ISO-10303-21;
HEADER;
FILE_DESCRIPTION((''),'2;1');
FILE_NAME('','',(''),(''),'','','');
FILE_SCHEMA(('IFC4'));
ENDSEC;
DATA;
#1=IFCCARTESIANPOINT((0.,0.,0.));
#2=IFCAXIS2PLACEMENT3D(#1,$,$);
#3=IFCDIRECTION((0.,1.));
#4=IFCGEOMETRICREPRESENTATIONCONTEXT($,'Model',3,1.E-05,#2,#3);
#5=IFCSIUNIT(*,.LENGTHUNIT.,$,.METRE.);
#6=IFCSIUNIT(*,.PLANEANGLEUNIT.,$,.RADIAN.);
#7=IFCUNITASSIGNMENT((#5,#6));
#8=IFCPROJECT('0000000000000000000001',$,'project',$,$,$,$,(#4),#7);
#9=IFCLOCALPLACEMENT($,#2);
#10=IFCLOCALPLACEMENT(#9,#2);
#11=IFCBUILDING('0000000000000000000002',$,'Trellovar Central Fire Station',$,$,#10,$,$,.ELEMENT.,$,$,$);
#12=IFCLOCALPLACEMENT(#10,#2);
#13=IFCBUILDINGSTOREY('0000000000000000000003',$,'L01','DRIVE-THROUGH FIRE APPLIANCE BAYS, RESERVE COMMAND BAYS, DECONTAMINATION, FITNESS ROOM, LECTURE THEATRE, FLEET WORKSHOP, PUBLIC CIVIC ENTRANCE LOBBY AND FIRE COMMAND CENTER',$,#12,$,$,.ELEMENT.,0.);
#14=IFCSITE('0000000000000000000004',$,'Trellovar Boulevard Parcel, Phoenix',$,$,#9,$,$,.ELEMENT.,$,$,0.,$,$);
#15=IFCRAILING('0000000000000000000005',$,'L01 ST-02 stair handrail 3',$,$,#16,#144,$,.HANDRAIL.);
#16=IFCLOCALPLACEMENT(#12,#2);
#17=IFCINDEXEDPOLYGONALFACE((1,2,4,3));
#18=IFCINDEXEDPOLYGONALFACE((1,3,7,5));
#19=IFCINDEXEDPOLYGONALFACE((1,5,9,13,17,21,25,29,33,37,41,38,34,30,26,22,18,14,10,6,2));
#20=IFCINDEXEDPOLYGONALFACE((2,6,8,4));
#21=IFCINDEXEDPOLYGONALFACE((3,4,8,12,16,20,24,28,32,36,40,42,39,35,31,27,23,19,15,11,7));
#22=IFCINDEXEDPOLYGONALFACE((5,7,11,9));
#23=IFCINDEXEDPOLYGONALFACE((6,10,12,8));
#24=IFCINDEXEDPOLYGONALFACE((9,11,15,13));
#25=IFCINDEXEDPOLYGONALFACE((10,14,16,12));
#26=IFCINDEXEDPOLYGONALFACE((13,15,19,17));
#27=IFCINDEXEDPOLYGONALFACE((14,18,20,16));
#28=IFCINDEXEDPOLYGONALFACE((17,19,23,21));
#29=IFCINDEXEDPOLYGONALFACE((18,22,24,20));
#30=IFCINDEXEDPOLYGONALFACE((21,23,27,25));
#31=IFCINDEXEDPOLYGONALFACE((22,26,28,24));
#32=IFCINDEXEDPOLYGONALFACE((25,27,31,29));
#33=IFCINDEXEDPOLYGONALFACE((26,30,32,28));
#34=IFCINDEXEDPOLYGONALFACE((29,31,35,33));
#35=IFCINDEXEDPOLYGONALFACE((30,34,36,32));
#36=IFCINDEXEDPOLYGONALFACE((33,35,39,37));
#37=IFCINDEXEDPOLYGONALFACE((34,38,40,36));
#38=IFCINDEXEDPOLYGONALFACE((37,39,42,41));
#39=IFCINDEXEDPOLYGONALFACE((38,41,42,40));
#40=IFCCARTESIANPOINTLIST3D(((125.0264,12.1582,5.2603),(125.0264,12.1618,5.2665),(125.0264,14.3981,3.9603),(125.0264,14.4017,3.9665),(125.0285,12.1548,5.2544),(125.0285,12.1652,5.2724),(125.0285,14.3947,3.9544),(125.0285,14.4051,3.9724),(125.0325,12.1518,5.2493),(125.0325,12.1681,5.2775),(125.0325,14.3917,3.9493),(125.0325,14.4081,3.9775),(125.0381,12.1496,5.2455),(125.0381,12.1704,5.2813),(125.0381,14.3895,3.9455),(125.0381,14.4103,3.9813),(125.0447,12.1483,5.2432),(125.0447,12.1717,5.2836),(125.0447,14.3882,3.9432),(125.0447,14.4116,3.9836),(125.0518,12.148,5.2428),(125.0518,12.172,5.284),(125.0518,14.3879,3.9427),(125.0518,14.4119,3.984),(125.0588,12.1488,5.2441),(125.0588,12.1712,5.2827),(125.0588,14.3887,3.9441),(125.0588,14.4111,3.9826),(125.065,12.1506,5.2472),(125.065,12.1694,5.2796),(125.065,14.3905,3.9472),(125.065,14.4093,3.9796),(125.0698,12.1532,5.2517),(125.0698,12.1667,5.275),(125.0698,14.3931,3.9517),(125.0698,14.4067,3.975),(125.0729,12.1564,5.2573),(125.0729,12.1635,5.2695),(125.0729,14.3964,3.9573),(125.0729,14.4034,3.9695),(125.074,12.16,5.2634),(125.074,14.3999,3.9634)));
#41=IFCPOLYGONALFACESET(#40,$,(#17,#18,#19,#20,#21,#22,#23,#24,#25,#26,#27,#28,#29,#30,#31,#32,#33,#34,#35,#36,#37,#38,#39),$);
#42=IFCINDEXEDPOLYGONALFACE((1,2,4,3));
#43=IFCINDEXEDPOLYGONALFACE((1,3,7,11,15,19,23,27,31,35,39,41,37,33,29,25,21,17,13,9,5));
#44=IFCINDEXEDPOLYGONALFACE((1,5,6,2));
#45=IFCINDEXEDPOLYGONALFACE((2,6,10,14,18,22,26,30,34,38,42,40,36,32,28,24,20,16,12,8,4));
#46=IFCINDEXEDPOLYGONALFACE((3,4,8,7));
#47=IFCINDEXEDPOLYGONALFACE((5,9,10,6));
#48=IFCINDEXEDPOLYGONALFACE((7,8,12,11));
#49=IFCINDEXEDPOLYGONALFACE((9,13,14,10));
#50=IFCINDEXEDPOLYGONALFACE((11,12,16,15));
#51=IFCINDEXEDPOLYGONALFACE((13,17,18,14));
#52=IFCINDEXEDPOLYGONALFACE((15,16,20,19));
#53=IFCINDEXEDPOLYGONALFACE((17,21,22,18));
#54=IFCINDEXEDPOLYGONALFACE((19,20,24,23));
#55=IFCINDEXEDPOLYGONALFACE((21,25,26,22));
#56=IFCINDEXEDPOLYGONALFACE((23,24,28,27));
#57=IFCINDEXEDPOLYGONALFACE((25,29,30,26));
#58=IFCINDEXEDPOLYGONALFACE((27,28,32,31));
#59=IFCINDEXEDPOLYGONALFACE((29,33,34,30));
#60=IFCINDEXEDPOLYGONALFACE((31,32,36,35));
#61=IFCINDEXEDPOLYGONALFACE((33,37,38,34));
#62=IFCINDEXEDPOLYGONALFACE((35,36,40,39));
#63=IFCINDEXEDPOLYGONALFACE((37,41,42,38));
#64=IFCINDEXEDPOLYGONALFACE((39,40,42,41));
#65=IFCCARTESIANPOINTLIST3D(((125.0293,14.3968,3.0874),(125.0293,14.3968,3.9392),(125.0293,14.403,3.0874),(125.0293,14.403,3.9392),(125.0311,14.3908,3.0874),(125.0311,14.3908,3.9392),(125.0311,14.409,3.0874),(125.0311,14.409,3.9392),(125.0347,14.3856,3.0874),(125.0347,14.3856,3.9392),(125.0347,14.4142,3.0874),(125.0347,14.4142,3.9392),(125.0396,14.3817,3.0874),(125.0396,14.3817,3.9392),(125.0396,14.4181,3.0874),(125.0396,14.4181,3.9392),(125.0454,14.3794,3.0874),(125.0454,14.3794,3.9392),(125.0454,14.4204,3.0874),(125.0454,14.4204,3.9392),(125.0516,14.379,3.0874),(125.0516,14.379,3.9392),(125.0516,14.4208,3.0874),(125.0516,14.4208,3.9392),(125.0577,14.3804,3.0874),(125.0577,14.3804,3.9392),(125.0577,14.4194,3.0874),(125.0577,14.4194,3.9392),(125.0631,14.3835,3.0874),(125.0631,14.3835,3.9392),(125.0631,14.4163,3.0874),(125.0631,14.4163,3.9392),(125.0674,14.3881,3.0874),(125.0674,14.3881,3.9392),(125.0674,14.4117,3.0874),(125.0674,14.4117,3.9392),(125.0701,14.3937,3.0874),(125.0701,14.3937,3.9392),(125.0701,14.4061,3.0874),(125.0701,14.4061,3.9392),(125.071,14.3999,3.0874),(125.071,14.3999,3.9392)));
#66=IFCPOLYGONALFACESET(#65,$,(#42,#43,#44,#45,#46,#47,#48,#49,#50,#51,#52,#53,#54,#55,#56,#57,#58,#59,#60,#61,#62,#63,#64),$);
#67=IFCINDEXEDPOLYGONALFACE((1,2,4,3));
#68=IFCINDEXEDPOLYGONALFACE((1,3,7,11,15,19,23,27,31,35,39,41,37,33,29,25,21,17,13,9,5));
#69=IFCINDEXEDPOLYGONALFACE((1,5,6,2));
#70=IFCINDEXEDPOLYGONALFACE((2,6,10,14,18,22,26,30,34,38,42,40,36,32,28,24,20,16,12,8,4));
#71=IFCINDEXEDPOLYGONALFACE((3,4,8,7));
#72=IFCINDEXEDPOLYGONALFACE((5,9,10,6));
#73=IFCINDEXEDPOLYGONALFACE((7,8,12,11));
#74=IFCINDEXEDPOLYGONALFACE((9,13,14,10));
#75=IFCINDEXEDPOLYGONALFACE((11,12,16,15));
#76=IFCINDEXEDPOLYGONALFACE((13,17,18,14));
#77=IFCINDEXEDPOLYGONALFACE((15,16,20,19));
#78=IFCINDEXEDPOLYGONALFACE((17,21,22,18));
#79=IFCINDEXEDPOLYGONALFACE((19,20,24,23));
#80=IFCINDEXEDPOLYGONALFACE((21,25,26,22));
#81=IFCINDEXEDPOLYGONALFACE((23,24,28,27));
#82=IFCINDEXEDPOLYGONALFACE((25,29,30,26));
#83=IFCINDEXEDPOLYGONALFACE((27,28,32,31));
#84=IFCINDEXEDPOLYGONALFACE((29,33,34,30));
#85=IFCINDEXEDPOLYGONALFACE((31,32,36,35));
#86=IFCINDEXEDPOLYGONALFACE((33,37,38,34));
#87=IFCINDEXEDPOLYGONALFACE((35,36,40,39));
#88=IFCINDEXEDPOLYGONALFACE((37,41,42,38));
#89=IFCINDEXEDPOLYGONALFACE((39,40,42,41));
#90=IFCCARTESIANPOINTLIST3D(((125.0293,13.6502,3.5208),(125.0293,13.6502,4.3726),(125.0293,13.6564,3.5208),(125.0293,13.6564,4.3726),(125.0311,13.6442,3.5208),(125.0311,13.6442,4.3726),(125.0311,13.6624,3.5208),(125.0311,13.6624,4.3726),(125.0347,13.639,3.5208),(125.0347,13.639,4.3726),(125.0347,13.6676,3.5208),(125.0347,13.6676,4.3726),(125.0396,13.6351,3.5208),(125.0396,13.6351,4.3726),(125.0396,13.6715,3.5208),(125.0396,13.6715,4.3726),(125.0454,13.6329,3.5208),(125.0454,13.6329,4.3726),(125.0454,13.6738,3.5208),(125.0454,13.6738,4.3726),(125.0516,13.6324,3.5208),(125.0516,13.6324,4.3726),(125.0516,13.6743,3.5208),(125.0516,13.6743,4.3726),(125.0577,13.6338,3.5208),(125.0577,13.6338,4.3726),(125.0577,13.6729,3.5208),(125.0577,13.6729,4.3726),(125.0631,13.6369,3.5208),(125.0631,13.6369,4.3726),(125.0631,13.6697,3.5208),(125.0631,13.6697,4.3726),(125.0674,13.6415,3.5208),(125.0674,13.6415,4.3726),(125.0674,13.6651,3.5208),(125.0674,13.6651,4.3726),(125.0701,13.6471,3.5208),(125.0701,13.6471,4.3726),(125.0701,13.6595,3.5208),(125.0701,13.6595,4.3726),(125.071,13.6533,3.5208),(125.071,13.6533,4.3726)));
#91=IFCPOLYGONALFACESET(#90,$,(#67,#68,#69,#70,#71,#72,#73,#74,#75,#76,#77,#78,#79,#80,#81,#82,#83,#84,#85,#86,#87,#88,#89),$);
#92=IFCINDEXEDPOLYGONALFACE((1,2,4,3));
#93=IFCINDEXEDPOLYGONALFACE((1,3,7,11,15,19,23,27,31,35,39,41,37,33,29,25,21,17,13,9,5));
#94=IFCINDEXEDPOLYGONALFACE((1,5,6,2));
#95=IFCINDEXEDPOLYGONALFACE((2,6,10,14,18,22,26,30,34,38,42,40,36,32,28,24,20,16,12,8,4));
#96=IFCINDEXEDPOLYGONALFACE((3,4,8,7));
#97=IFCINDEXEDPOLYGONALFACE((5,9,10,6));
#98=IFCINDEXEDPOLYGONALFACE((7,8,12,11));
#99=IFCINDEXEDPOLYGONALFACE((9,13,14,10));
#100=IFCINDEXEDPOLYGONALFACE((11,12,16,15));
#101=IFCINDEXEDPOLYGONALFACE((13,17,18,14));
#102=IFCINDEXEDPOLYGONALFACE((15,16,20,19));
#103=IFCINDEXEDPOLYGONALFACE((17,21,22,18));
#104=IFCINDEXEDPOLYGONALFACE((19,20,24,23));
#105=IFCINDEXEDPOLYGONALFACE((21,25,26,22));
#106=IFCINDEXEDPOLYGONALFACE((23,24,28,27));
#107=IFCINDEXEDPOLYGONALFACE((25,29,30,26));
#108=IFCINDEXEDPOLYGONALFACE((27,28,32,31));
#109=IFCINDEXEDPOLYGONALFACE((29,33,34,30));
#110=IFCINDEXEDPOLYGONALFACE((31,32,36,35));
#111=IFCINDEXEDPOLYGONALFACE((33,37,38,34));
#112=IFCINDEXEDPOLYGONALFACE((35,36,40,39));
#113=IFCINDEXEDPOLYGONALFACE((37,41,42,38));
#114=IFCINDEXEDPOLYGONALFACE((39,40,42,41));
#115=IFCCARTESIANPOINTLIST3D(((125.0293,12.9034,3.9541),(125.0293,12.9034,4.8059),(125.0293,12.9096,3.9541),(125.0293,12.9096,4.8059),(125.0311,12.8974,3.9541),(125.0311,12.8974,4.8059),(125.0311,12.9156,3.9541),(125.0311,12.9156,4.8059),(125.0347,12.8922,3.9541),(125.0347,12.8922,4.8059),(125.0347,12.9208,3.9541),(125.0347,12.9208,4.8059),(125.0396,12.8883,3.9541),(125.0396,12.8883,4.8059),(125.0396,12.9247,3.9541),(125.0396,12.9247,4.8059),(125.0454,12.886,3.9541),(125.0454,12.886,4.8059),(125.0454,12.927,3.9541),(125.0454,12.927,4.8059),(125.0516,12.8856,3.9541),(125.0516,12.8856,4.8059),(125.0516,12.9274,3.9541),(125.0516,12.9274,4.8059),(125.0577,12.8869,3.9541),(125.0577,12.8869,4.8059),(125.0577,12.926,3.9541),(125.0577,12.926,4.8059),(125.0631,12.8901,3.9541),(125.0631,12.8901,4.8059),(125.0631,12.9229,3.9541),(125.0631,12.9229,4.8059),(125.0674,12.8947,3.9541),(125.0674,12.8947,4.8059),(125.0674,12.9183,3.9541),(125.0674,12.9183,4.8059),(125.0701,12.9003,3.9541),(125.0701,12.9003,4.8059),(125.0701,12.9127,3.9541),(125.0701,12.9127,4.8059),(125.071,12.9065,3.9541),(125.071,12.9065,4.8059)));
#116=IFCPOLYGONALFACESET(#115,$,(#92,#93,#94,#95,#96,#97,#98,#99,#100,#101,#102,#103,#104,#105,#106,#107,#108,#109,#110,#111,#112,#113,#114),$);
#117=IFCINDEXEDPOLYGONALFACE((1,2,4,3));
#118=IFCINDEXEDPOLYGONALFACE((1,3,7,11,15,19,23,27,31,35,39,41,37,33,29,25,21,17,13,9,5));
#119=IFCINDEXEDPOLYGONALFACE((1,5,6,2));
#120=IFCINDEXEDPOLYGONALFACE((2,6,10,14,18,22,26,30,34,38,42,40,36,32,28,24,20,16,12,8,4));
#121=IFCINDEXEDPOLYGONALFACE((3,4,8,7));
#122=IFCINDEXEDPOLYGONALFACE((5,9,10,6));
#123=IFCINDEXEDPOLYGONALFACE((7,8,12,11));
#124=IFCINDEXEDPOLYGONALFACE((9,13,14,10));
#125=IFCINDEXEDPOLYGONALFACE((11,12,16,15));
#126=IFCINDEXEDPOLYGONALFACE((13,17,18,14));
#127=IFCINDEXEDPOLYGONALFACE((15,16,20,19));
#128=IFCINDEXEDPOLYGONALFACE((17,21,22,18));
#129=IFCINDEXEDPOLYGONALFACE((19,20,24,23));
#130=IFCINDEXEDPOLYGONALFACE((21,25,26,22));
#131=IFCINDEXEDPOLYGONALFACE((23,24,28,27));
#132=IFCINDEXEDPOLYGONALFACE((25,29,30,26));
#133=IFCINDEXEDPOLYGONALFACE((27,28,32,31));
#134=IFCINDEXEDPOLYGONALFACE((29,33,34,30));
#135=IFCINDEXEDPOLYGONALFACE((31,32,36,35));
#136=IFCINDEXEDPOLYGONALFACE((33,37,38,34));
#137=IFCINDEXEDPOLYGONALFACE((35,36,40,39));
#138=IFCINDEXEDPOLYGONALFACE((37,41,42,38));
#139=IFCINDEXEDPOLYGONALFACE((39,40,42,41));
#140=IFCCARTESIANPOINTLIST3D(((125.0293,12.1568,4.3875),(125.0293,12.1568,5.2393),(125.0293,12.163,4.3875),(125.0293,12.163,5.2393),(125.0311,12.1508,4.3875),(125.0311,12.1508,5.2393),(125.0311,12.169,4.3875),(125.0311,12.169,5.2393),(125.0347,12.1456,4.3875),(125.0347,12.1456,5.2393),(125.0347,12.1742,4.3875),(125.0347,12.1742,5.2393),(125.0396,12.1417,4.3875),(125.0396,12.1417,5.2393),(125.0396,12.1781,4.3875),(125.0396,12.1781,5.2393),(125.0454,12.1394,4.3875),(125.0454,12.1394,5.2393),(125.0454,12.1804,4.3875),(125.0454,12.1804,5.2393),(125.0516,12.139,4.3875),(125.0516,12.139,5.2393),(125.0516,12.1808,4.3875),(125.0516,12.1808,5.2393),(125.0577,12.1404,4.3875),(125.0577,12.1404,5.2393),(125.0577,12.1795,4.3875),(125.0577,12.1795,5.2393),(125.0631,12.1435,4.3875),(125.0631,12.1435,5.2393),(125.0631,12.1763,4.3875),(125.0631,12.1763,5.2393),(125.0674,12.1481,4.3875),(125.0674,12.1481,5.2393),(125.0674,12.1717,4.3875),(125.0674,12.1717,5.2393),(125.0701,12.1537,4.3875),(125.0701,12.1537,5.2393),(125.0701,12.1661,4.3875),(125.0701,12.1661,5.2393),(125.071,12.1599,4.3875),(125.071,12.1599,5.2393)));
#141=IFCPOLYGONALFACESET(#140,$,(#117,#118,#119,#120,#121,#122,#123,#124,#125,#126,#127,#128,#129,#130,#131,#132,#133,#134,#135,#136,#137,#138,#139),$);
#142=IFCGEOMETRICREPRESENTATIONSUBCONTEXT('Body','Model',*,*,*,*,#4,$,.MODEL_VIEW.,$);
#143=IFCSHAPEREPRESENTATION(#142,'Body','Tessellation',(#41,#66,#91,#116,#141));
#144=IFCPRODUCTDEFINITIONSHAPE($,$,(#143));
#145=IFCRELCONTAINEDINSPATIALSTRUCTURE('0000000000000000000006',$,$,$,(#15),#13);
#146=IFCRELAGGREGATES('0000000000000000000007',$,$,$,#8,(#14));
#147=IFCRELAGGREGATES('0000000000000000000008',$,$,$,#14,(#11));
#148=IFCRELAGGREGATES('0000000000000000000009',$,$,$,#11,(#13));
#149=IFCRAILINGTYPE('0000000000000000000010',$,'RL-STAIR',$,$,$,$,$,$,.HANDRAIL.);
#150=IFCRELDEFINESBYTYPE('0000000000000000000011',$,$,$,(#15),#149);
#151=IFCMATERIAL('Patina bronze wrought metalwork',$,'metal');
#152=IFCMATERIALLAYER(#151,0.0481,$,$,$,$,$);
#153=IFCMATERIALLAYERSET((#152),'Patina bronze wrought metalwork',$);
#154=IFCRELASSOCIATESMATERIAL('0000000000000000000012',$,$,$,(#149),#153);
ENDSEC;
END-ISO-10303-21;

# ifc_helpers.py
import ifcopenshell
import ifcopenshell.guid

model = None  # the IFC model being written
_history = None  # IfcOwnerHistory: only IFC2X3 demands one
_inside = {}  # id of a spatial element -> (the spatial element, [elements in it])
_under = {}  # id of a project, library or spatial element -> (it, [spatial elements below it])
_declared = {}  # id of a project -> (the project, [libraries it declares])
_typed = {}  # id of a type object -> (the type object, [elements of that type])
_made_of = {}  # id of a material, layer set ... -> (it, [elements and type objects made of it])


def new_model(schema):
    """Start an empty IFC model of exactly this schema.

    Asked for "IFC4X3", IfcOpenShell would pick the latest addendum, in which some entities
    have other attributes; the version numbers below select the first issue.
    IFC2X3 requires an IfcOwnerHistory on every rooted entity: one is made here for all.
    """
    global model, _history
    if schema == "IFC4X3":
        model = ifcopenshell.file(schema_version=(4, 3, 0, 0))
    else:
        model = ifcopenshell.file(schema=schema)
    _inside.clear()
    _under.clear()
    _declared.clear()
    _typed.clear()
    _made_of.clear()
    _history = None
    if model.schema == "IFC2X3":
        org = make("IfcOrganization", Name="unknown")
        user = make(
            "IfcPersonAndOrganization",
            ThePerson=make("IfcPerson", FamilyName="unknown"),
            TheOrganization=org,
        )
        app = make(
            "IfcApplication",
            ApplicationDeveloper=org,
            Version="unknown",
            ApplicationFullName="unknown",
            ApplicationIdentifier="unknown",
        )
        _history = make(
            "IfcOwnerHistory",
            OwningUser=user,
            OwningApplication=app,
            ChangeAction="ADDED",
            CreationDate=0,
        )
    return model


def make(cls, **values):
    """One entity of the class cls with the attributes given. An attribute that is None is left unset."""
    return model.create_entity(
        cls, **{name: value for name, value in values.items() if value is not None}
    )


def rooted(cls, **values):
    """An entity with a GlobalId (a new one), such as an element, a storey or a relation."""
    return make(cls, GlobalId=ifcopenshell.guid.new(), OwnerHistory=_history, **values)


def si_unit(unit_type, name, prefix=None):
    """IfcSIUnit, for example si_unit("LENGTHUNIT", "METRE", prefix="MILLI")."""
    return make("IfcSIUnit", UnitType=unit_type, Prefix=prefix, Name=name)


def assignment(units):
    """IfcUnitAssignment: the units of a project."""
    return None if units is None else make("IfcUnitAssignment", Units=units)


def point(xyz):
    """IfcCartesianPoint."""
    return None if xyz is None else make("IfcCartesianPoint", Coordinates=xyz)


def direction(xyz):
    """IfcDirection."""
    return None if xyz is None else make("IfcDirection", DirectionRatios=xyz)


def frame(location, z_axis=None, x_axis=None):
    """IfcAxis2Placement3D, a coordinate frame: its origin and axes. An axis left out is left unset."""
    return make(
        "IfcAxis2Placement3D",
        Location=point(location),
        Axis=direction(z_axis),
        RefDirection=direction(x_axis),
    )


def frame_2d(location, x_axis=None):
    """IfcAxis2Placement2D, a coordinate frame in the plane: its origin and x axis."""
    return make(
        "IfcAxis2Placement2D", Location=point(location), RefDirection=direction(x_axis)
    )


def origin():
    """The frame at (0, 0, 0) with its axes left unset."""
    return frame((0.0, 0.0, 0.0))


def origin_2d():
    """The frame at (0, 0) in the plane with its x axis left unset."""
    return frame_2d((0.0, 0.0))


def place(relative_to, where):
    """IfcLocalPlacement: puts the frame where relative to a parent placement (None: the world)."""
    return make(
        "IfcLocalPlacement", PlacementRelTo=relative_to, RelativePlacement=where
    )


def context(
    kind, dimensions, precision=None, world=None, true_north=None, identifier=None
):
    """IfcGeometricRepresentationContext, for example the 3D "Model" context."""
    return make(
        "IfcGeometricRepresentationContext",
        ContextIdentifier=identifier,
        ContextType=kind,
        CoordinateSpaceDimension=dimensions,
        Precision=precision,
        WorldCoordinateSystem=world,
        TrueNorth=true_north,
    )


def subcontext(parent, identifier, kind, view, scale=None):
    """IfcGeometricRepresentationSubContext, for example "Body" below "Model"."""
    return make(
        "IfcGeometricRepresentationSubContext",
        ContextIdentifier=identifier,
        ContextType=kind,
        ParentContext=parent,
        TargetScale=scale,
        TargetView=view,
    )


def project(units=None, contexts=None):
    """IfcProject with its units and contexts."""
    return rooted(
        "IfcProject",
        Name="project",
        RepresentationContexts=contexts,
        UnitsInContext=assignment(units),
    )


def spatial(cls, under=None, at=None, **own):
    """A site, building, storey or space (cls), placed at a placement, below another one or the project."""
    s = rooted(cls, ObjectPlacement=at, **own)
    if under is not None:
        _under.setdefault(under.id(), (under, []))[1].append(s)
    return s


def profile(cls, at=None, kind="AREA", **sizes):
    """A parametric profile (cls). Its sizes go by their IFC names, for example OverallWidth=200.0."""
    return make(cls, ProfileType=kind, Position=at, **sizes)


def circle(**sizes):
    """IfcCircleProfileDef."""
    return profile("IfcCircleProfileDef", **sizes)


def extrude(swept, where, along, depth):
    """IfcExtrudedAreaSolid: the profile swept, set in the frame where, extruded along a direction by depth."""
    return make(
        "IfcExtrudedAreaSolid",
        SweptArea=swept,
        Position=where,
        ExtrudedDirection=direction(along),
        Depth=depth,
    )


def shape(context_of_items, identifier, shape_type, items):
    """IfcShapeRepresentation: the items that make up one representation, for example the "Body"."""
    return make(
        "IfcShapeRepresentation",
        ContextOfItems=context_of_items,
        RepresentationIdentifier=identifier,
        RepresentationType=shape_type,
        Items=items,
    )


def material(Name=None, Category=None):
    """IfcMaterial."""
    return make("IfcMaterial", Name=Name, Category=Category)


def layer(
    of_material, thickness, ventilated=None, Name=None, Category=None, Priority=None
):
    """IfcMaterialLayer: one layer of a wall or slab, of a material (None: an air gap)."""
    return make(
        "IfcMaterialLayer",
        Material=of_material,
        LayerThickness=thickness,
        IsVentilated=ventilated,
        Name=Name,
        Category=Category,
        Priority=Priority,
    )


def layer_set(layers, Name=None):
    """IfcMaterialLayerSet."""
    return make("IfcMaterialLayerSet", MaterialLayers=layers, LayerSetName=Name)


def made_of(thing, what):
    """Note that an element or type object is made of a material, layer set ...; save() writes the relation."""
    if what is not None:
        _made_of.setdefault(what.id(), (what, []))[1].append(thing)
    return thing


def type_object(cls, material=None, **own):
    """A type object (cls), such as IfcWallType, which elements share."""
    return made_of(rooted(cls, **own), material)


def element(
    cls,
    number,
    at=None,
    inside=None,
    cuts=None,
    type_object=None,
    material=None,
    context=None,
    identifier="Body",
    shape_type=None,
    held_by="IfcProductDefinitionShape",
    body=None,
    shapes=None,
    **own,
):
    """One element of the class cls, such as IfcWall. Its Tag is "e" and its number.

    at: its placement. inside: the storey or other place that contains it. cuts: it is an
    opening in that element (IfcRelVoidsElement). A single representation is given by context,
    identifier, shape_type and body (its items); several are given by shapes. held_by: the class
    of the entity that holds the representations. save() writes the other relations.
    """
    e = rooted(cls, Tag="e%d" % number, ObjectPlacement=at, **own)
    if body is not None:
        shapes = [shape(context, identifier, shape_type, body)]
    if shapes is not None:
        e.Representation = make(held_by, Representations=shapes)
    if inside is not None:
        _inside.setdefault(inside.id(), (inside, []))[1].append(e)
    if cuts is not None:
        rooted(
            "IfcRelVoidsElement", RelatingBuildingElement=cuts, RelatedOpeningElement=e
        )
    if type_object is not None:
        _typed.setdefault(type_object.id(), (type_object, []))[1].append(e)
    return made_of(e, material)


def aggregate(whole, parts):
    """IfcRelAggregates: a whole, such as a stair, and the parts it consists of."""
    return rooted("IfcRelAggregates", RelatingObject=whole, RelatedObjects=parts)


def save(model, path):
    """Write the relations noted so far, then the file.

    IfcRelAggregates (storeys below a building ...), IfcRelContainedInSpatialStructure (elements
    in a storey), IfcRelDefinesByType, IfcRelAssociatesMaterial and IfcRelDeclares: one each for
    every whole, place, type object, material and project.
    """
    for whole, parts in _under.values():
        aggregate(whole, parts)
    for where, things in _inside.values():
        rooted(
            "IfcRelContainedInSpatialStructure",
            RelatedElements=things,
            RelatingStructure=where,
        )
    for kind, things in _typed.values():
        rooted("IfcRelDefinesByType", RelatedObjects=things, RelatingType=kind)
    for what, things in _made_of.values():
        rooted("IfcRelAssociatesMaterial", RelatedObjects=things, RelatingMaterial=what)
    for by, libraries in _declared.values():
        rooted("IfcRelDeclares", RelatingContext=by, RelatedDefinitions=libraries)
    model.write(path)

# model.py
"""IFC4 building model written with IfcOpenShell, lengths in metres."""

from ifc_helpers import new_model, si_unit, direction, frame, origin, origin_2d, place, context, subcontext, project, spatial, circle, extrude, material, layer, layer_set, type_object, element, save


model = new_model("IFC4")

# Units and contexts
model_context = context("Model", 3, precision=1e-05, world=origin(), true_north=direction((0.0, 1.0)))
body_context = subcontext(model_context, "Body", "Model", "MODEL_VIEW")
ifc_project = project(units=[si_unit("LENGTHUNIT", "METRE"), si_unit("PLANEANGLEUNIT", "RADIAN")], contexts=[model_context])

# Site, building, storey
site_placement = place(None, origin())
site = spatial("IfcSite", under=ifc_project, at=site_placement, Name="Trellovar Boulevard Parcel, Phoenix", CompositionType="ELEMENT", RefElevation=0.0)
building_placement = place(site_placement, origin())
building = spatial("IfcBuilding", under=site, at=building_placement, Name="Trellovar Central Fire Station", CompositionType="ELEMENT")
storey_placement = place(building_placement, origin())
storey = spatial("IfcBuildingStorey", under=building, at=storey_placement, Name="L01", Description="DRIVE-THROUGH FIRE APPLIANCE BAYS, RESERVE COMMAND BAYS, DECONTAMINATION, FITNESS ROOM, LECTURE THEATRE, FLEET WORKSHOP, PUBLIC CIVIC ENTRANCE LOBBY AND FIRE COMMAND CENTER", CompositionType="ELEMENT", Elevation=0.0)

# Railing
ifc_material_1 = material(Name="Patina bronze wrought metalwork", Category="metal")
ifc_layer_1 = layer(ifc_material_1, 0.0481)
ifc_layer_set_1 = layer_set([ifc_layer_1], Name="Patina bronze wrought metalwork")
railing_type_1 = type_object("IfcRailingType", Name="RL-STAIR", PredefinedType="HANDRAIL", material=ifc_layer_set_1)
railing_1_placement = place(storey_placement, frame((125.05, 14.3999, 3.0874)))
element("IfcRailing", 1, at=railing_1_placement, inside=storey, type_object=railing_type_1, Name="L01 ST-02 stair handrail 3", PredefinedType="HANDRAIL", context=body_context, shape_type="SweptSolid", body=[
    extrude(circle(Radius=0.0239, at=origin_2d()), frame((0.0, 0.0, 0.876), z_axis=(0.0, -0.864888, 0.501965), x_axis=(1.0, 0.0, 0.0)), (0.0, 0.0, 1.0), 2.5898),
    extrude(circle(Radius=0.021, at=origin_2d()), origin(), (0.0, 0.0, 1.0), 0.8518),
    extrude(circle(Radius=0.021, at=origin_2d()), frame((0.0, -0.7466, 0.4333)), (0.0, 0.0, 1.0), 0.8518),
    extrude(circle(Radius=0.021, at=origin_2d()), frame((0.0, -1.4934, 0.8667)), (0.0, 0.0, 1.0), 0.8518),
    extrude(circle(Radius=0.021, at=origin_2d()), frame((0.0, -2.24, 1.3)), (0.0, 0.0, 1.0), 0.8518),
])

save(model, "model.ifc")
